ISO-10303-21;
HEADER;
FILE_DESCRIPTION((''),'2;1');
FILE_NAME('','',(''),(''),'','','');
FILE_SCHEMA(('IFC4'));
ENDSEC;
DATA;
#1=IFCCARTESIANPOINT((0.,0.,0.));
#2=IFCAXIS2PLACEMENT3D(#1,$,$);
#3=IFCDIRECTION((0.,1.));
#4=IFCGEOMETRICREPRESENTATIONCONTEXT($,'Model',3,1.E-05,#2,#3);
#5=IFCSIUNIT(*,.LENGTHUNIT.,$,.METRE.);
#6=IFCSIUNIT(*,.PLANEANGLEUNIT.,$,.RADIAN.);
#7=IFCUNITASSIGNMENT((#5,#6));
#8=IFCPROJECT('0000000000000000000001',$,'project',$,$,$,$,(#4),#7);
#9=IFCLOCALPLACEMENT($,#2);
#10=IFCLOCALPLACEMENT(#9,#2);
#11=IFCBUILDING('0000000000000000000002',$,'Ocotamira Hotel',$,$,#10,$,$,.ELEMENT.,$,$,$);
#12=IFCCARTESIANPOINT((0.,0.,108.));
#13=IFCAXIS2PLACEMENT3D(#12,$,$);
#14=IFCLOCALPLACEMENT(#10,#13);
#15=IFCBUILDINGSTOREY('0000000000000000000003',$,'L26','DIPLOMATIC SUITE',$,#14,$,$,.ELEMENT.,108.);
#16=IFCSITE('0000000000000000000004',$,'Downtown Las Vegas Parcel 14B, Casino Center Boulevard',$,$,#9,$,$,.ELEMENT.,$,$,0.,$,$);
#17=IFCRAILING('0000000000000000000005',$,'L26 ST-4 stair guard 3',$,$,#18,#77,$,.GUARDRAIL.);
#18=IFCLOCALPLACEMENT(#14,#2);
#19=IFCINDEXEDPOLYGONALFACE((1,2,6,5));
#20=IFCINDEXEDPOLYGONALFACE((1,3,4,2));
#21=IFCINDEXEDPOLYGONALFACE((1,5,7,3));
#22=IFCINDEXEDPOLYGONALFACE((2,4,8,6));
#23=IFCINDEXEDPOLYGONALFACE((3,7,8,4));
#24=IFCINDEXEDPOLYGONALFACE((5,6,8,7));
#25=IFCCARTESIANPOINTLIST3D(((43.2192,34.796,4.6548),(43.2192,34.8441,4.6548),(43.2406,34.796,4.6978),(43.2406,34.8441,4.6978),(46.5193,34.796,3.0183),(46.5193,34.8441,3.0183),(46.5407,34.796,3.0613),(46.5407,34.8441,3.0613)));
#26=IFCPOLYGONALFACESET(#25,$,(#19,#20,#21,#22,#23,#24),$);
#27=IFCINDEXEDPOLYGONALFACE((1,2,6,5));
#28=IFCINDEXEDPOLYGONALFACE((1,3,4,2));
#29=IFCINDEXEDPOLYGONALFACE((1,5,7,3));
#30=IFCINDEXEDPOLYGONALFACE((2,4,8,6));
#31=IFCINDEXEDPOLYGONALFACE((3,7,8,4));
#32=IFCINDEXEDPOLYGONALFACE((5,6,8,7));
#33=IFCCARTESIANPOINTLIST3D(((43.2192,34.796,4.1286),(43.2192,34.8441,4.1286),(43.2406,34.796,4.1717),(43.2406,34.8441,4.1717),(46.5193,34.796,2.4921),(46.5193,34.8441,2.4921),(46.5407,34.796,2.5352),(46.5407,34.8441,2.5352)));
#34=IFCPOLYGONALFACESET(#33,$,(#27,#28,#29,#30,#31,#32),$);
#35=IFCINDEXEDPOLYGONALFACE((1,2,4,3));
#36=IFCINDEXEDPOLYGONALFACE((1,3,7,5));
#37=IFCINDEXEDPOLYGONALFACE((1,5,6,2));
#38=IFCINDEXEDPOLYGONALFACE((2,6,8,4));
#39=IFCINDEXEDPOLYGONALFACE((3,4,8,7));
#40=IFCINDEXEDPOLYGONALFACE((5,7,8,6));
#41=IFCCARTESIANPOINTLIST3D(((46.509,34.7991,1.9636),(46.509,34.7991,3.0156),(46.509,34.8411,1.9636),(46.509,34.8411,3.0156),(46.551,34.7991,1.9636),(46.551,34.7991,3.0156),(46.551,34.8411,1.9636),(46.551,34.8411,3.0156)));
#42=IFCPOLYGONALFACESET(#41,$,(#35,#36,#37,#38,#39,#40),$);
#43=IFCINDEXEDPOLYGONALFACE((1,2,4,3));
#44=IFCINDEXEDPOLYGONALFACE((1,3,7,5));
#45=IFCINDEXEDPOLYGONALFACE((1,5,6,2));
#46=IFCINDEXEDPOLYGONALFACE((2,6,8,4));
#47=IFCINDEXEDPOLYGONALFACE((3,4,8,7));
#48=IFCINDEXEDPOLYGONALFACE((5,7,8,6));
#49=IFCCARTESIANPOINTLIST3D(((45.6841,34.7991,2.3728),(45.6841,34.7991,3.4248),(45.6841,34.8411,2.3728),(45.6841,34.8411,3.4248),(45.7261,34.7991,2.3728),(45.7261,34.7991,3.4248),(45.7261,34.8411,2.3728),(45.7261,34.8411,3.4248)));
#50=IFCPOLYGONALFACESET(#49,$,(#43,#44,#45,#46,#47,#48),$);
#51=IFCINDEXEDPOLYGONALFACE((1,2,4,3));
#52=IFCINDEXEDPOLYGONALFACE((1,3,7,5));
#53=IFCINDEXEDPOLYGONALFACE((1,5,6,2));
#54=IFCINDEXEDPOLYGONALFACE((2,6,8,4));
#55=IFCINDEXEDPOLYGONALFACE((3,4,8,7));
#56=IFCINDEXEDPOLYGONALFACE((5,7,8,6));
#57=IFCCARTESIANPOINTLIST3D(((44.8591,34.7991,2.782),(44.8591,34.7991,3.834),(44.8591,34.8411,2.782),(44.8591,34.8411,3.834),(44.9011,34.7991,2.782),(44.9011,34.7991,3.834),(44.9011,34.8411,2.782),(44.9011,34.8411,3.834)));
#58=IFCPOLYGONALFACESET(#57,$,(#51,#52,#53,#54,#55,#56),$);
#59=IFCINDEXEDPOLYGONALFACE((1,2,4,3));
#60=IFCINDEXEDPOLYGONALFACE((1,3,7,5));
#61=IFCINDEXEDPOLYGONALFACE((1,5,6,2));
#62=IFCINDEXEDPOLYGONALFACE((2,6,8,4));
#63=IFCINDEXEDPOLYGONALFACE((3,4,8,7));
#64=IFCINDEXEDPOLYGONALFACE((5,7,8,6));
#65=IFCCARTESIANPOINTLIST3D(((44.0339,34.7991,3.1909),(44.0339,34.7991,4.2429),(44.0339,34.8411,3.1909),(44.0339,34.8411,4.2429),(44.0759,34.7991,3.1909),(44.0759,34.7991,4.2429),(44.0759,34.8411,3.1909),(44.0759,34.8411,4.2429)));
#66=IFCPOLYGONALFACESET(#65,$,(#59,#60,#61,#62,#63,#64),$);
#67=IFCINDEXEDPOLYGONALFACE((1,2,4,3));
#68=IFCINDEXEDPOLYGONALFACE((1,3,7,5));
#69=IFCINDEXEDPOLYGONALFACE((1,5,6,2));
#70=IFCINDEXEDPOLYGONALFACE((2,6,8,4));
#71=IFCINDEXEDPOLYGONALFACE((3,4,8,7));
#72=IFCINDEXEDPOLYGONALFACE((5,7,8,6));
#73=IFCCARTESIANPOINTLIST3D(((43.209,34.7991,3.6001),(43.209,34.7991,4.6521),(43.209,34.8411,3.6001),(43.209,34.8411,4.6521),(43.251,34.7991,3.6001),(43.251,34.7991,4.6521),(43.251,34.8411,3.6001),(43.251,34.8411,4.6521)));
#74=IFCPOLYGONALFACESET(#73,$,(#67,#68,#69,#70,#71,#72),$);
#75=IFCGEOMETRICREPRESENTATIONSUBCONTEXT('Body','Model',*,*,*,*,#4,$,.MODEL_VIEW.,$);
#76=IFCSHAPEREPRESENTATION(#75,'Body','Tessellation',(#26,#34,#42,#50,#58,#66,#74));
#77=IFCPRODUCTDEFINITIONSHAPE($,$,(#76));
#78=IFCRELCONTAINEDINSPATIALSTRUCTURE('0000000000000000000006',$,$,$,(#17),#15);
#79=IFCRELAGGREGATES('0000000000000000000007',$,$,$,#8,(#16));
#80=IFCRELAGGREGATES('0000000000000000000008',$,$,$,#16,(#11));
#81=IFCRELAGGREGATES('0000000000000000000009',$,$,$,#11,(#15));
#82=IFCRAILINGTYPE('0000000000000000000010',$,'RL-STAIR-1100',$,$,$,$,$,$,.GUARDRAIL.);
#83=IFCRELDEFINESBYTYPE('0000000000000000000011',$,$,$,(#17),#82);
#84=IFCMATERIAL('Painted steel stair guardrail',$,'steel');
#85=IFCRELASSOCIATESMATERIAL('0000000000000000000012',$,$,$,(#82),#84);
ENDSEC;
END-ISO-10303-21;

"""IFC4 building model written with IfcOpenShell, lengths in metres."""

from ifc_helpers import new_model, si_unit, direction, frame, origin, origin_2d, place, context, subcontext, project, spatial, rectangle, extrude, material, type_object, element, save


model = new_model("IFC4")

# Units and contexts
model_context = context("Model", 3, precision=1e-05, world=origin(), true_north=direction((0.0, 1.0)))
body_context = subcontext(model_context, "Body", "Model", "MODEL_VIEW")
ifc_project = project(units=[si_unit("LENGTHUNIT", "METRE"), si_unit("PLANEANGLEUNIT", "RADIAN")], contexts=[model_context])

# Site, building, storey
site_placement = place(None, origin())
site = spatial("IfcSite", under=ifc_project, at=site_placement, Name="Downtown Las Vegas Parcel 14B, Casino Center Boulevard", CompositionType="ELEMENT", RefElevation=0.0)
building_placement = place(site_placement, origin())
building = spatial("IfcBuilding", under=site, at=building_placement, Name="Ocotamira Hotel", CompositionType="ELEMENT")
storey_placement = place(building_placement, frame((0.0, 0.0, 108.0)))
storey = spatial("IfcBuildingStorey", under=building, at=storey_placement, Name="L26", Description="DIPLOMATIC SUITE", CompositionType="ELEMENT", Elevation=108.0)

# Railing
ifc_material_1 = material(Name="Painted steel stair guardrail", Category="steel")
railing_type_1 = type_object("IfcRailingType", Name="RL-STAIR-1100", PredefinedType="GUARDRAIL", material=ifc_material_1)
railing_1_placement = place(storey_placement, frame((46.53, 34.8201, 1.9636)))
element("IfcRailing", 1, at=railing_1_placement, inside=storey, type_object=railing_type_1, Name="L26 ST-4 stair guard 3", PredefinedType="GUARDRAIL", context=body_context, shape_type="SweptSolid", body=[
    extrude(rectangle(XDim=0.0481, YDim=0.0481, at=origin_2d()), frame((0.0, 0.0, 1.0762), z_axis=(-0.895894, 0.0, 0.444268), x_axis=(0.0, -1.0, 0.0)), (0.0, 0.0, 1.0), 3.6836),
    extrude(rectangle(XDim=0.0481, YDim=0.0481, at=origin_2d()), frame((0.0, 0.0, 0.55), z_axis=(-0.895894, 0.0, 0.444268), x_axis=(0.0, -1.0, 0.0)), (0.0, 0.0, 1.0), 3.6836),
    extrude(rectangle(XDim=0.042, YDim=0.042, at=origin_2d()), origin(), (0.0, 0.0, 1.0), 1.052),
    extrude(rectangle(XDim=0.042, YDim=0.042, at=origin_2d()), frame((-0.825, 0.0, 0.4092)), (0.0, 0.0, 1.0), 1.052),
    extrude(rectangle(XDim=0.042, YDim=0.042, at=origin_2d()), frame((-1.6499, 0.0, 0.8184)), (0.0, 0.0, 1.0), 1.052),
    extrude(rectangle(XDim=0.042, YDim=0.042, at=origin_2d()), frame((-2.4751, 0.0, 1.2273)), (0.0, 0.0, 1.0), 1.052),
    extrude(rectangle(XDim=0.042, YDim=0.042, at=origin_2d()), frame((-3.3, 0.0, 1.6365)), (0.0, 0.0, 1.0), 1.052),
])

save(model, "model.ifc")
